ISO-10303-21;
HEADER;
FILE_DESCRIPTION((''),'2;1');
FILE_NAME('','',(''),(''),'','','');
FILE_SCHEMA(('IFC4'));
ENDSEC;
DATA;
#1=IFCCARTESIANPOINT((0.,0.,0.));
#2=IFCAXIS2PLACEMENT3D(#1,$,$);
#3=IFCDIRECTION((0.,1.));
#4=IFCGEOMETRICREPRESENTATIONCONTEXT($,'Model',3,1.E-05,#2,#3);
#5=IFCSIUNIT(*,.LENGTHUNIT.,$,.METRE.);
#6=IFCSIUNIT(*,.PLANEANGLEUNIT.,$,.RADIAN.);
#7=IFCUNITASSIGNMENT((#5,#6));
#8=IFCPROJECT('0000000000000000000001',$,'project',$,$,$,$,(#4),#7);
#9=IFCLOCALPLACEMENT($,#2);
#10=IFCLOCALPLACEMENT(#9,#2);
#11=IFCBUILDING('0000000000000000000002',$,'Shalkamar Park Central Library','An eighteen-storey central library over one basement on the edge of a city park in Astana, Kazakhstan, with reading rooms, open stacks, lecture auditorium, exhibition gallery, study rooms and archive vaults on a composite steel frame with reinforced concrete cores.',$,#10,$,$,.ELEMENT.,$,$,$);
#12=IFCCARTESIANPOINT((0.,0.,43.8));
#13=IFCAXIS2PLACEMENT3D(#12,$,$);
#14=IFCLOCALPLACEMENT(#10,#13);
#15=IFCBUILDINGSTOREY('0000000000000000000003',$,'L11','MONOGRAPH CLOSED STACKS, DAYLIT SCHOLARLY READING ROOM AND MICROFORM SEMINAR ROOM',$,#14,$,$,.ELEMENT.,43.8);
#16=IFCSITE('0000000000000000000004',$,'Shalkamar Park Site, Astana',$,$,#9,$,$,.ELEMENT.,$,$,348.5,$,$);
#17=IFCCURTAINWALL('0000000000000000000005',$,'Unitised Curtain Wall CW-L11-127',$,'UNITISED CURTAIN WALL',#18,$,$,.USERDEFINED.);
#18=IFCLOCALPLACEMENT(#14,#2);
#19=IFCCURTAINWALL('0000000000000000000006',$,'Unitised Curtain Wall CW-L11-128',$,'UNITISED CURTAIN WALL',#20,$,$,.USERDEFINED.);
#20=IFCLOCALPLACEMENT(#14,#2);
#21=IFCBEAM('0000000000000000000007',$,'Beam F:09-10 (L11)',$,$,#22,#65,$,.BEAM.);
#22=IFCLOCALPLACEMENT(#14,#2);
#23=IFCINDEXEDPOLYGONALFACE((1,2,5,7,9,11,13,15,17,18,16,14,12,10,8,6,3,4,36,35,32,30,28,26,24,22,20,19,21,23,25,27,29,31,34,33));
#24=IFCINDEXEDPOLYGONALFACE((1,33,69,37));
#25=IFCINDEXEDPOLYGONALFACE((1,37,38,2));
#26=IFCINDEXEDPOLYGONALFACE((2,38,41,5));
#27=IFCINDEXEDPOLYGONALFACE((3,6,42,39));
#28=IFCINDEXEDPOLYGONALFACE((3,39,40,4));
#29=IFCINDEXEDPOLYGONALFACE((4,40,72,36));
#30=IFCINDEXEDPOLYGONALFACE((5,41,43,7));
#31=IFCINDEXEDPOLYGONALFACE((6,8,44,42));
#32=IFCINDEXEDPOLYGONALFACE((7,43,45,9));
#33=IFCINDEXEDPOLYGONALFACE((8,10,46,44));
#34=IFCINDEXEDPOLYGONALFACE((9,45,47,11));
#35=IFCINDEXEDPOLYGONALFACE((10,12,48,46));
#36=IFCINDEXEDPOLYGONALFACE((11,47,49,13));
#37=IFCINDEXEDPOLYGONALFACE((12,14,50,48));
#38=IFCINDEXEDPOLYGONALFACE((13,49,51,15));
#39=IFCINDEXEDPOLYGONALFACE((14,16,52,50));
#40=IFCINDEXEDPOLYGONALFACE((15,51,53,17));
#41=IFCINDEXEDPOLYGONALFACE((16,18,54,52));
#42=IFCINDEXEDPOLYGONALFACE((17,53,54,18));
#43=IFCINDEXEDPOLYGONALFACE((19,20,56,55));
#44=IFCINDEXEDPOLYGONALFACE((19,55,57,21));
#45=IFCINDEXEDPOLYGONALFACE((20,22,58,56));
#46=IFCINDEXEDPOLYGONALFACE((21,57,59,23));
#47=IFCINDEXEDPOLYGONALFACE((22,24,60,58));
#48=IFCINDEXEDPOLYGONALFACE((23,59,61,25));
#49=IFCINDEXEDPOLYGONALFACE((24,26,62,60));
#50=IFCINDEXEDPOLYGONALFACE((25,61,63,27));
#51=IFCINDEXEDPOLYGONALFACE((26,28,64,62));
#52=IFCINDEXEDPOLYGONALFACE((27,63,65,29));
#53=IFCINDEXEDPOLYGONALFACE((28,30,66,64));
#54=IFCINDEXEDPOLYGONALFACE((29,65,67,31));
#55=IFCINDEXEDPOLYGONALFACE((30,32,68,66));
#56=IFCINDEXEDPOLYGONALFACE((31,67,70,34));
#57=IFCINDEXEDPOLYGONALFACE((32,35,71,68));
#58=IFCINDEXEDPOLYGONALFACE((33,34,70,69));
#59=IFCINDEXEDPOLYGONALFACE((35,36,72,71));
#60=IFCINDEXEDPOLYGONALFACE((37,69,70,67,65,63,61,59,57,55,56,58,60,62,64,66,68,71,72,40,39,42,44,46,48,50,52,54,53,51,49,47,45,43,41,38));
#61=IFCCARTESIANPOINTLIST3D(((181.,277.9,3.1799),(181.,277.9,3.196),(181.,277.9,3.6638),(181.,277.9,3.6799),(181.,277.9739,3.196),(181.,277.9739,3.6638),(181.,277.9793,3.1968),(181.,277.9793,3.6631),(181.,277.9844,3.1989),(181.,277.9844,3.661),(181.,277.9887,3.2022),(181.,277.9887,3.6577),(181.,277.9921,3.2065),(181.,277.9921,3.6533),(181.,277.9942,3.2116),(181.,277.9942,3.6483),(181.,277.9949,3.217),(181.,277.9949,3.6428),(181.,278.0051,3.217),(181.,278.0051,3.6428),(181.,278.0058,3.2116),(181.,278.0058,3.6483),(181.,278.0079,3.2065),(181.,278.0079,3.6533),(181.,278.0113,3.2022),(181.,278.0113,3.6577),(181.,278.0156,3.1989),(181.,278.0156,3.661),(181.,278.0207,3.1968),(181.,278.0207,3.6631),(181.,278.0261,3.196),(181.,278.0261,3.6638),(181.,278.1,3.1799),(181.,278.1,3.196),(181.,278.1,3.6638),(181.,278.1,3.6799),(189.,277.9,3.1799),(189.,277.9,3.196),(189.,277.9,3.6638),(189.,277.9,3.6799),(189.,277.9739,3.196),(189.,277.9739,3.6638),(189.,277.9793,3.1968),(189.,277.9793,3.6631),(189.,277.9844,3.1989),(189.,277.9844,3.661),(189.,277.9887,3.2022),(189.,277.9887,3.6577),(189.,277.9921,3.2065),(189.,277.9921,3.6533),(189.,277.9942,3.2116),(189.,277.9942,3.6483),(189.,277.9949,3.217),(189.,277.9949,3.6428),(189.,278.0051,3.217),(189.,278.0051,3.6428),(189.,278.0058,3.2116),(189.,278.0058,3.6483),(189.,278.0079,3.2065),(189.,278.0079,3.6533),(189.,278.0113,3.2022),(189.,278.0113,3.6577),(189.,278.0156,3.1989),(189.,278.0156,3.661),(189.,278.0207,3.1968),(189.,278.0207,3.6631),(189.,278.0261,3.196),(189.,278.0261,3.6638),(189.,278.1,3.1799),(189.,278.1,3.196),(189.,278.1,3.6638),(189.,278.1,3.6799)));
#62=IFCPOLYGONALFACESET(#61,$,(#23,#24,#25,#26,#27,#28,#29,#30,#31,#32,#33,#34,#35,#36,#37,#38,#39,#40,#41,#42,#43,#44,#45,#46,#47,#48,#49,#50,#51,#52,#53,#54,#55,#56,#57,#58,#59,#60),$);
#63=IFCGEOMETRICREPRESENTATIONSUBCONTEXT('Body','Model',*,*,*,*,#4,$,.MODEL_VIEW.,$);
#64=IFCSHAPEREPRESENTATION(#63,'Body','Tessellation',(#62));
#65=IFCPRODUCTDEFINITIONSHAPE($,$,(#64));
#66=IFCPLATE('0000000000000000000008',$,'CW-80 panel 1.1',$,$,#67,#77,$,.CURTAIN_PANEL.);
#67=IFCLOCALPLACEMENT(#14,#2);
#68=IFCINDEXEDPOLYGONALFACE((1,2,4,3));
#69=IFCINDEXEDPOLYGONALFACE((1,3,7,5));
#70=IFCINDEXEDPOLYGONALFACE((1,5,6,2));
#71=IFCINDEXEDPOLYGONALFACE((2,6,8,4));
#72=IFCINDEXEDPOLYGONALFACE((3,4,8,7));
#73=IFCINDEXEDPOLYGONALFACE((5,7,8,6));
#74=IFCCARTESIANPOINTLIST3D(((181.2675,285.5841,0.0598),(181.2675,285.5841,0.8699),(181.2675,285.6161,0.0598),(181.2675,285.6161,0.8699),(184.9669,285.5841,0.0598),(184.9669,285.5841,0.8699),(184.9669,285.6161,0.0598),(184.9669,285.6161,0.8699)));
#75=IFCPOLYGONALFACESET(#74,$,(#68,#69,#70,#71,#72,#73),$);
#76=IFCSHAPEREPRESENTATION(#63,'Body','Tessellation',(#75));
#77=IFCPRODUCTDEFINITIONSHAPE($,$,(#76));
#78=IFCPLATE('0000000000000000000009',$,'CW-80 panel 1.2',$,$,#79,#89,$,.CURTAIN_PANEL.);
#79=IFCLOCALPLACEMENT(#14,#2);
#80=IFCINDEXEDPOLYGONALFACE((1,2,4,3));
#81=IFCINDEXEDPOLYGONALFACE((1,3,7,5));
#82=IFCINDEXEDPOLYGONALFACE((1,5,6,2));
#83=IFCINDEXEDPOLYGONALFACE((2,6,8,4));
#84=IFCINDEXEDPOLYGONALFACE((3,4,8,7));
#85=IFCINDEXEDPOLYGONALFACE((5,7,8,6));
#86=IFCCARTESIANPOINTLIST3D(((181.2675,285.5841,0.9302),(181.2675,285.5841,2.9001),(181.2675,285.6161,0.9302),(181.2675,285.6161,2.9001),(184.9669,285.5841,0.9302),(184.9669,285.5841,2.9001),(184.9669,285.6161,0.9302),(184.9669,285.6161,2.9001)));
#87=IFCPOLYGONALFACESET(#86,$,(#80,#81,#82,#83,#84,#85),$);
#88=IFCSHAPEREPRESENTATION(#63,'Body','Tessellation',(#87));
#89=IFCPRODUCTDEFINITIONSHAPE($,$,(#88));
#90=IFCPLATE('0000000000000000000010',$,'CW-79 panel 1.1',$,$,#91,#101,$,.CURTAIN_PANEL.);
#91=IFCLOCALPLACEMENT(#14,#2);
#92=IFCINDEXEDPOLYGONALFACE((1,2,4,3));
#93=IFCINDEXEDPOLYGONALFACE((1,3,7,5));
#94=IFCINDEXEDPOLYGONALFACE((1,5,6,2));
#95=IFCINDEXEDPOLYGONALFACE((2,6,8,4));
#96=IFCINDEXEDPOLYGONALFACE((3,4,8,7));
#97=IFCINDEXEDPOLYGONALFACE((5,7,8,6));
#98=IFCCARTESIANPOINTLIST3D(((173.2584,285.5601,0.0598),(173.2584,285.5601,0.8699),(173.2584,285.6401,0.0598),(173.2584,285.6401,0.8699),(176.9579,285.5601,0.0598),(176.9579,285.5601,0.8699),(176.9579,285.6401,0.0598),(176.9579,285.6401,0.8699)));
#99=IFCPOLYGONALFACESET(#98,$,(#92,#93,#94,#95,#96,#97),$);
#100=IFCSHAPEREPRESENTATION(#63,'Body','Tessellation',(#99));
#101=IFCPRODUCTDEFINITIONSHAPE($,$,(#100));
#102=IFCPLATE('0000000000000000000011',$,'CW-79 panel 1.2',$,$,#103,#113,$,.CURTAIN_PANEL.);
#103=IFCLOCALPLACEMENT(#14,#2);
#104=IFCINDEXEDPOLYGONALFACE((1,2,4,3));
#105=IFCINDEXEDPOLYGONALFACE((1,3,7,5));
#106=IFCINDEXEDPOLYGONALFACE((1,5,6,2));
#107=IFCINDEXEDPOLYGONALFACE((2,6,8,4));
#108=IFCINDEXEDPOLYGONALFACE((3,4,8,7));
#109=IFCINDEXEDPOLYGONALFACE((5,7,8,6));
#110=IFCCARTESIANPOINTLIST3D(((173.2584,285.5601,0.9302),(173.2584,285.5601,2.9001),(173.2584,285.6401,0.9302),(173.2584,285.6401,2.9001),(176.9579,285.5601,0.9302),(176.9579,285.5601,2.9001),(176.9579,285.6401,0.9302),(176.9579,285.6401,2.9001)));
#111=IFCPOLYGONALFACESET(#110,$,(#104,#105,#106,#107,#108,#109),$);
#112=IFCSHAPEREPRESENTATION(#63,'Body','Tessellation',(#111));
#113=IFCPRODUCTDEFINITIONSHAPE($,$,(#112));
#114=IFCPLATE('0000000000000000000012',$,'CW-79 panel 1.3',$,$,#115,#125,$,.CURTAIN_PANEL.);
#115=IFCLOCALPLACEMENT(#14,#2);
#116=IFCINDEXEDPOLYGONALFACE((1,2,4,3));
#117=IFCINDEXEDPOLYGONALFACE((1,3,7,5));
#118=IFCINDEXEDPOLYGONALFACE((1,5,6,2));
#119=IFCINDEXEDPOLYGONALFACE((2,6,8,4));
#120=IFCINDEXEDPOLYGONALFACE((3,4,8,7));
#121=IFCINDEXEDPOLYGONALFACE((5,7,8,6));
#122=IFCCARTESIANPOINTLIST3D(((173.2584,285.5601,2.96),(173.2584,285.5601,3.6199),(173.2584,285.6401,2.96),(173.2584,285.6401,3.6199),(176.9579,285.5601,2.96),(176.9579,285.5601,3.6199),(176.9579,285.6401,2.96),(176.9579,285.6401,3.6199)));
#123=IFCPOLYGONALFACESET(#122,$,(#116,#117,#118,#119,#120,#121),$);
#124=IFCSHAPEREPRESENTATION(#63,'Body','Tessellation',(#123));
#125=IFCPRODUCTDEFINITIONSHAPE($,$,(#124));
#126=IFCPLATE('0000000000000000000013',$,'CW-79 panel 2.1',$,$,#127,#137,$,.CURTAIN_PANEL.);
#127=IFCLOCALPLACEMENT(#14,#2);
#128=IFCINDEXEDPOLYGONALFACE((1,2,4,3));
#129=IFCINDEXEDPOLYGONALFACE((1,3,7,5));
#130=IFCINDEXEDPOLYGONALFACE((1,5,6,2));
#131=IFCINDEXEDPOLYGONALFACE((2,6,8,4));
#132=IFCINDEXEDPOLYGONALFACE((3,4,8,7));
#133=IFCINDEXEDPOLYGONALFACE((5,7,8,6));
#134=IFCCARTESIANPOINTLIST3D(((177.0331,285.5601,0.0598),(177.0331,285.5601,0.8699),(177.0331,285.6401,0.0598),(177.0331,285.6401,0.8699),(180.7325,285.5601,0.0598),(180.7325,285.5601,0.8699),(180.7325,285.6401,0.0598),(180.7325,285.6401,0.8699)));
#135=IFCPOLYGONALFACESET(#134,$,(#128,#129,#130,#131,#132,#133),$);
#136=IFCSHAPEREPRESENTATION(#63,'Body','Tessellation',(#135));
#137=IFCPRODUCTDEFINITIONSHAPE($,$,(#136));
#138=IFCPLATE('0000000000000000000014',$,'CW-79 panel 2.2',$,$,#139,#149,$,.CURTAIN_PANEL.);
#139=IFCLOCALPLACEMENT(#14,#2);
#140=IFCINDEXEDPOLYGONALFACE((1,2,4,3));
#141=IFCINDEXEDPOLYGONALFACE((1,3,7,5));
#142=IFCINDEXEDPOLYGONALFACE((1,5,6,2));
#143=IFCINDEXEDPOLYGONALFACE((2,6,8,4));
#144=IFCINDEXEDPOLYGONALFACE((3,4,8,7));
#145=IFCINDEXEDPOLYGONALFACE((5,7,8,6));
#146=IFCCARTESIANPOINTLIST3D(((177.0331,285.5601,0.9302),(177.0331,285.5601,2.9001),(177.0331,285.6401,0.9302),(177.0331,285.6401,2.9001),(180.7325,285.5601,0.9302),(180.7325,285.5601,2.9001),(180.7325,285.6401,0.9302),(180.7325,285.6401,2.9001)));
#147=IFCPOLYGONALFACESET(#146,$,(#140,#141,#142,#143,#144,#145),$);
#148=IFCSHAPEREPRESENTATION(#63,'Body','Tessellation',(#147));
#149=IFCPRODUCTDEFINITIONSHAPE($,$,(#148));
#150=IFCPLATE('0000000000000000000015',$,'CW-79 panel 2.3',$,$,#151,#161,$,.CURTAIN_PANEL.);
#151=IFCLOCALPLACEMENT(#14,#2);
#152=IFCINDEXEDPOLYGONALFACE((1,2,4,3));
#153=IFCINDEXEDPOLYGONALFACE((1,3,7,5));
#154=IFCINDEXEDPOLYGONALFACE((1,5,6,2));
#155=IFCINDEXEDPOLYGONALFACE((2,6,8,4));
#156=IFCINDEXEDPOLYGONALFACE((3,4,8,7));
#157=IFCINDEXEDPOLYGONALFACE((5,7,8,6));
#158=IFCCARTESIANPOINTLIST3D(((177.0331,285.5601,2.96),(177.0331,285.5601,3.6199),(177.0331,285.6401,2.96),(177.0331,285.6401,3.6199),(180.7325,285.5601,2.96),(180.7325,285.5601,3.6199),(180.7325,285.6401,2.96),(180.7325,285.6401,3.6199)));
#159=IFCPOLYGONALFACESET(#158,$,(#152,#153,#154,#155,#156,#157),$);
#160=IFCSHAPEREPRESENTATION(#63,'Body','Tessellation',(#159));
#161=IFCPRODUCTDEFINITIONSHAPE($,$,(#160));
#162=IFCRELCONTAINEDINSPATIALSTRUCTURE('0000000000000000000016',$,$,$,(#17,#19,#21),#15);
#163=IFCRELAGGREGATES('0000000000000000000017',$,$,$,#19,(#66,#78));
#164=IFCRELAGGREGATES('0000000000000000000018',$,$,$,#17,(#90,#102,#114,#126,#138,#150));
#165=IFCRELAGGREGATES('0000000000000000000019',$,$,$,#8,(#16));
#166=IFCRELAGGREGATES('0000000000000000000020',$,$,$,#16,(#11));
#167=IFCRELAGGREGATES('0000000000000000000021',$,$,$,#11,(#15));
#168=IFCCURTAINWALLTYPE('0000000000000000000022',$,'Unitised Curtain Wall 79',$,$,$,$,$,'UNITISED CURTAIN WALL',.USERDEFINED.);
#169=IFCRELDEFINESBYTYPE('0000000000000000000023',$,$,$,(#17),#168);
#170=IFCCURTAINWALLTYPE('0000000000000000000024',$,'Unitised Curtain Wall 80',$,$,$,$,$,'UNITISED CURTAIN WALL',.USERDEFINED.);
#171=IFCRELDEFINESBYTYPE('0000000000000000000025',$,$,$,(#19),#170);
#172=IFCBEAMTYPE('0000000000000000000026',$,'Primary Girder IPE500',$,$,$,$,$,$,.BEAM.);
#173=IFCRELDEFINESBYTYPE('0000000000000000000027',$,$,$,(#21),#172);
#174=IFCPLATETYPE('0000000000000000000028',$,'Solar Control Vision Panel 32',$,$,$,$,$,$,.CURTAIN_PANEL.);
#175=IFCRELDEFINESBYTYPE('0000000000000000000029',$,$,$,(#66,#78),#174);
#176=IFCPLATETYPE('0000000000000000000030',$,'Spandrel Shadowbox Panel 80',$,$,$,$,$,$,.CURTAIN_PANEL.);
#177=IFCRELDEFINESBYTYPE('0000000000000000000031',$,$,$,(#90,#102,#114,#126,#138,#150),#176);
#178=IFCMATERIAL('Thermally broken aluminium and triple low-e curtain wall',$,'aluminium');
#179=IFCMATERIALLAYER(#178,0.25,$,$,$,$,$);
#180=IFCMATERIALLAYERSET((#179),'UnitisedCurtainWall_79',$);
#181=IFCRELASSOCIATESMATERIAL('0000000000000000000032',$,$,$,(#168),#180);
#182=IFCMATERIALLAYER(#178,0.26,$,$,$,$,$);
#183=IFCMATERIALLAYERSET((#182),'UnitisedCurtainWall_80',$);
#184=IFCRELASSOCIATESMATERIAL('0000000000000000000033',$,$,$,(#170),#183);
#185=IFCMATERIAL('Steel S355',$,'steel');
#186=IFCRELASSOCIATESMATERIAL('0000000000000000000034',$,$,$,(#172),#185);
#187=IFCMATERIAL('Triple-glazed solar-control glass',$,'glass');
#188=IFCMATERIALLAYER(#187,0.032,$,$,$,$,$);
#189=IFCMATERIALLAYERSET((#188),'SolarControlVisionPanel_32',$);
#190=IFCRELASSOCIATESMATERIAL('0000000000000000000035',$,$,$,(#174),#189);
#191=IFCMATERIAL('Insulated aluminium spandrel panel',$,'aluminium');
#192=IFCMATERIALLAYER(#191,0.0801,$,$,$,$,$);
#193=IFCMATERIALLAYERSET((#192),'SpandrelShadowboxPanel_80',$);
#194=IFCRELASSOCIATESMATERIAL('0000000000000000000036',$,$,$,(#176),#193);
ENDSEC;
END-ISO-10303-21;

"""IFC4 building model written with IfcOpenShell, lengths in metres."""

from ifc_helpers import new_model, si_unit, direction, frame, origin, origin_2d, place, context, subcontext, project, spatial, rectangle, i_section, extrude, material, layer, layer_set, material_profile, profile_set, type_object, element, aggregate, save


model = new_model("IFC4")

# Units and contexts
model_context = context("Model", 3, precision=1e-05, world=origin(), true_north=direction((0.0, 1.0)))
body_context = subcontext(model_context, "Body", "Model", "MODEL_VIEW")
ifc_project = project(units=[si_unit("LENGTHUNIT", "METRE"), si_unit("PLANEANGLEUNIT", "RADIAN")], contexts=[model_context])

# Site, building, storey
site_placement = place(None, origin())
site = spatial("IfcSite", under=ifc_project, at=site_placement, Name="Shalkamar Park Site, Astana", CompositionType="ELEMENT", RefElevation=348.5)
building_placement = place(site_placement, origin())
building = spatial("IfcBuilding", under=site, at=building_placement, Name="Shalkamar Park Central Library", Description="An eighteen-storey central library over one basement on the edge of a city park in Astana, Kazakhstan, with reading rooms, open stacks, lecture auditorium, exhibition gallery, study rooms and archive vaults on a composite steel frame with reinforced concrete cores.", CompositionType="ELEMENT")
storey_placement = place(building_placement, frame((0.0, 0.0, 43.8)))
storey = spatial("IfcBuildingStorey", under=building, at=storey_placement, Name="L11", Description="MONOGRAPH CLOSED STACKS, DAYLIT SCHOLARLY READING ROOM AND MICROFORM SEMINAR ROOM", CompositionType="ELEMENT", Elevation=43.8)

# Shared definitions
ifc_material_1 = material(Name="Steel S355", Category="steel")

# Curtain wall
ifc_material_2 = material(Name="Thermally broken aluminium and triple low-e curtain wall", Category="aluminium")
ifc_layer_1 = layer(ifc_material_2, 0.25)
ifc_layer_set_1 = layer_set([ifc_layer_1], Name="UnitisedCurtainWall_79")
curtain_wall_type_1 = type_object("IfcCurtainWallType", Name="Unitised Curtain Wall 79", ElementType="UNITISED CURTAIN WALL", PredefinedType="USERDEFINED", material=ifc_layer_set_1)
curtain_wall_1_placement = place(storey_placement, origin())
curtain_wall_1 = element("IfcCurtainWall", 1, at=curtain_wall_1_placement, inside=storey, type_object=curtain_wall_type_1, Name="Unitised Curtain Wall CW-L11-127", ObjectType="UNITISED CURTAIN WALL", PredefinedType="USERDEFINED")

# Curtain wall
ifc_layer_2 = layer(ifc_material_2, 0.26)
ifc_layer_set_2 = layer_set([ifc_layer_2], Name="UnitisedCurtainWall_80")
curtain_wall_type_2 = type_object("IfcCurtainWallType", Name="Unitised Curtain Wall 80", ElementType="UNITISED CURTAIN WALL", PredefinedType="USERDEFINED", material=ifc_layer_set_2)
curtain_wall_2_placement = place(storey_placement, origin())
curtain_wall_2 = element("IfcCurtainWall", 2, at=curtain_wall_2_placement, inside=storey, type_object=curtain_wall_type_2, Name="Unitised Curtain Wall CW-L11-128", ObjectType="UNITISED CURTAIN WALL", PredefinedType="USERDEFINED")

# Beam
ifc_material_profile_1 = material_profile(ifc_material_1, i_section(OverallWidth=0.2, OverallDepth=0.5, WebThickness=0.0103, FlangeThickness=0.0161, FilletRadius=0.021, at=origin_2d()), Name="IPE 500")
ifc_profile_set_1 = profile_set([ifc_material_profile_1], Name="Steel S355")
beam_type_1 = type_object("IfcBeamType", Name="Primary Girder IPE500", PredefinedType="BEAM", material=ifc_profile_set_1)
beam_1_placement = place(storey_placement, frame((181.0, 278.0, 3.4299), z_axis=(1.0, 0.0, 0.0), x_axis=(0.0, 1.0, 0.0)))
element("IfcBeam", 3, at=beam_1_placement, inside=storey, type_object=beam_type_1, Name="Beam F:09-10 (L11)", PredefinedType="BEAM", context=body_context, shape_type="SweptSolid", body=[
    extrude(i_section(OverallWidth=0.2, OverallDepth=0.5, WebThickness=0.0103, FlangeThickness=0.0161, FilletRadius=0.021, at=origin_2d()), origin(), (0.0, 0.0, 1.0), 8.0),
])

# Plates
ifc_material_3 = material(Name="Triple-glazed solar-control glass", Category="glass")
ifc_layer_3 = layer(ifc_material_3, 0.032)
ifc_layer_set_3 = layer_set([ifc_layer_3], Name="SolarControlVisionPanel_32")
plate_type_1 = type_object("IfcPlateType", Name="Solar Control Vision Panel 32", PredefinedType="CURTAIN_PANEL", material=ifc_layer_set_3)
plate_1_placement = place(storey_placement, frame((183.1172, 285.6001, 0.0598), z_axis=(0.0, 0.0, 1.0), x_axis=(1.0, 0.0, 0.0)))
plate_1 = element("IfcPlate", 4, at=plate_1_placement, type_object=plate_type_1, Name="CW-80 panel 1.1", PredefinedType="CURTAIN_PANEL", context=body_context, shape_type="SweptSolid", body=[
    extrude(rectangle(XDim=3.6995, YDim=0.032, at=origin_2d()), origin(), (0.0, 0.0, 1.0), 0.8101),
])
plate_2_placement = place(storey_placement, frame((183.1172, 285.6001, 0.9302), z_axis=(0.0, 0.0, 1.0), x_axis=(1.0, 0.0, 0.0)))
plate_2 = element("IfcPlate", 5, at=plate_2_placement, type_object=plate_type_1, Name="CW-80 panel 1.2", PredefinedType="CURTAIN_PANEL", context=body_context, shape_type="SweptSolid", body=[
    extrude(rectangle(XDim=3.6995, YDim=0.032, at=origin_2d()), origin(), (0.0, 0.0, 1.0), 1.97),
])
aggregate(curtain_wall_2, [plate_1, plate_2])
ifc_material_4 = material(Name="Insulated aluminium spandrel panel", Category="aluminium")
ifc_layer_4 = layer(ifc_material_4, 0.0801)
ifc_layer_set_4 = layer_set([ifc_layer_4], Name="SpandrelShadowboxPanel_80")
plate_type_2 = type_object("IfcPlateType", Name="Spandrel Shadowbox Panel 80", PredefinedType="CURTAIN_PANEL", material=ifc_layer_set_4)
plate_3_placement = place(storey_placement, frame((175.1082, 285.6001, 0.0598), z_axis=(0.0, 0.0, 1.0), x_axis=(1.0, 0.0, 0.0)))
plate_3 = element("IfcPlate", 6, at=plate_3_placement, type_object=plate_type_2, Name="CW-79 panel 1.1", PredefinedType="CURTAIN_PANEL", context=body_context, shape_type="SweptSolid", body=[
    extrude(rectangle(XDim=3.6995, YDim=0.0801, at=origin_2d()), origin(), (0.0, 0.0, 1.0), 0.8101),
])
plate_4_placement = place(storey_placement, frame((175.1082, 285.6001, 0.9302), z_axis=(0.0, 0.0, 1.0), x_axis=(1.0, 0.0, 0.0)))
plate_4 = element("IfcPlate", 7, at=plate_4_placement, type_object=plate_type_2, Name="CW-79 panel 1.2", PredefinedType="CURTAIN_PANEL", context=body_context, shape_type="SweptSolid", body=[
    extrude(rectangle(XDim=3.6995, YDim=0.0801, at=origin_2d()), origin(), (0.0, 0.0, 1.0), 1.97),
])
plate_5_placement = place(storey_placement, frame((175.1082, 285.6001, 2.96), z_axis=(0.0, 0.0, 1.0), x_axis=(1.0, 0.0, 0.0)))
plate_5 = element("IfcPlate", 8, at=plate_5_placement, type_object=plate_type_2, Name="CW-79 panel 1.3", PredefinedType="CURTAIN_PANEL", context=body_context, shape_type="SweptSolid", body=[
    extrude(rectangle(XDim=3.6995, YDim=0.0801, at=origin_2d()), origin(), (0.0, 0.0, 1.0), 0.6599),
])
plate_6_placement = place(storey_placement, frame((178.8828, 285.6001, 0.0598), z_axis=(0.0, 0.0, 1.0), x_axis=(1.0, 0.0, 0.0)))
plate_6 = element("IfcPlate", 9, at=plate_6_placement, type_object=plate_type_2, Name="CW-79 panel 2.1", PredefinedType="CURTAIN_PANEL", context=body_context, shape_type="SweptSolid", body=[
    extrude(rectangle(XDim=3.6995, YDim=0.0801, at=origin_2d()), origin(), (0.0, 0.0, 1.0), 0.8101),
])
plate_7_placement = place(storey_placement, frame((178.8828, 285.6001, 0.9302), z_axis=(0.0, 0.0, 1.0), x_axis=(1.0, 0.0, 0.0)))
plate_7 = element("IfcPlate", 10, at=plate_7_placement, type_object=plate_type_2, Name="CW-79 panel 2.2", PredefinedType="CURTAIN_PANEL", context=body_context, shape_type="SweptSolid", body=[
    extrude(rectangle(XDim=3.6995, YDim=0.0801, at=origin_2d()), origin(), (0.0, 0.0, 1.0), 1.97),
])
plate_8_placement = place(storey_placement, frame((178.8828, 285.6001, 2.96), z_axis=(0.0, 0.0, 1.0), x_axis=(1.0, 0.0, 0.0)))
plate_8 = element("IfcPlate", 11, at=plate_8_placement, type_object=plate_type_2, Name="CW-79 panel 2.3", PredefinedType="CURTAIN_PANEL", context=body_context, shape_type="SweptSolid", body=[
    extrude(rectangle(XDim=3.6995, YDim=0.0801, at=origin_2d()), origin(), (0.0, 0.0, 1.0), 0.6599),
])
aggregate(curtain_wall_1, [plate_3, plate_4, plate_5, plate_6, plate_7, plate_8])

save(model, "model.ifc")
